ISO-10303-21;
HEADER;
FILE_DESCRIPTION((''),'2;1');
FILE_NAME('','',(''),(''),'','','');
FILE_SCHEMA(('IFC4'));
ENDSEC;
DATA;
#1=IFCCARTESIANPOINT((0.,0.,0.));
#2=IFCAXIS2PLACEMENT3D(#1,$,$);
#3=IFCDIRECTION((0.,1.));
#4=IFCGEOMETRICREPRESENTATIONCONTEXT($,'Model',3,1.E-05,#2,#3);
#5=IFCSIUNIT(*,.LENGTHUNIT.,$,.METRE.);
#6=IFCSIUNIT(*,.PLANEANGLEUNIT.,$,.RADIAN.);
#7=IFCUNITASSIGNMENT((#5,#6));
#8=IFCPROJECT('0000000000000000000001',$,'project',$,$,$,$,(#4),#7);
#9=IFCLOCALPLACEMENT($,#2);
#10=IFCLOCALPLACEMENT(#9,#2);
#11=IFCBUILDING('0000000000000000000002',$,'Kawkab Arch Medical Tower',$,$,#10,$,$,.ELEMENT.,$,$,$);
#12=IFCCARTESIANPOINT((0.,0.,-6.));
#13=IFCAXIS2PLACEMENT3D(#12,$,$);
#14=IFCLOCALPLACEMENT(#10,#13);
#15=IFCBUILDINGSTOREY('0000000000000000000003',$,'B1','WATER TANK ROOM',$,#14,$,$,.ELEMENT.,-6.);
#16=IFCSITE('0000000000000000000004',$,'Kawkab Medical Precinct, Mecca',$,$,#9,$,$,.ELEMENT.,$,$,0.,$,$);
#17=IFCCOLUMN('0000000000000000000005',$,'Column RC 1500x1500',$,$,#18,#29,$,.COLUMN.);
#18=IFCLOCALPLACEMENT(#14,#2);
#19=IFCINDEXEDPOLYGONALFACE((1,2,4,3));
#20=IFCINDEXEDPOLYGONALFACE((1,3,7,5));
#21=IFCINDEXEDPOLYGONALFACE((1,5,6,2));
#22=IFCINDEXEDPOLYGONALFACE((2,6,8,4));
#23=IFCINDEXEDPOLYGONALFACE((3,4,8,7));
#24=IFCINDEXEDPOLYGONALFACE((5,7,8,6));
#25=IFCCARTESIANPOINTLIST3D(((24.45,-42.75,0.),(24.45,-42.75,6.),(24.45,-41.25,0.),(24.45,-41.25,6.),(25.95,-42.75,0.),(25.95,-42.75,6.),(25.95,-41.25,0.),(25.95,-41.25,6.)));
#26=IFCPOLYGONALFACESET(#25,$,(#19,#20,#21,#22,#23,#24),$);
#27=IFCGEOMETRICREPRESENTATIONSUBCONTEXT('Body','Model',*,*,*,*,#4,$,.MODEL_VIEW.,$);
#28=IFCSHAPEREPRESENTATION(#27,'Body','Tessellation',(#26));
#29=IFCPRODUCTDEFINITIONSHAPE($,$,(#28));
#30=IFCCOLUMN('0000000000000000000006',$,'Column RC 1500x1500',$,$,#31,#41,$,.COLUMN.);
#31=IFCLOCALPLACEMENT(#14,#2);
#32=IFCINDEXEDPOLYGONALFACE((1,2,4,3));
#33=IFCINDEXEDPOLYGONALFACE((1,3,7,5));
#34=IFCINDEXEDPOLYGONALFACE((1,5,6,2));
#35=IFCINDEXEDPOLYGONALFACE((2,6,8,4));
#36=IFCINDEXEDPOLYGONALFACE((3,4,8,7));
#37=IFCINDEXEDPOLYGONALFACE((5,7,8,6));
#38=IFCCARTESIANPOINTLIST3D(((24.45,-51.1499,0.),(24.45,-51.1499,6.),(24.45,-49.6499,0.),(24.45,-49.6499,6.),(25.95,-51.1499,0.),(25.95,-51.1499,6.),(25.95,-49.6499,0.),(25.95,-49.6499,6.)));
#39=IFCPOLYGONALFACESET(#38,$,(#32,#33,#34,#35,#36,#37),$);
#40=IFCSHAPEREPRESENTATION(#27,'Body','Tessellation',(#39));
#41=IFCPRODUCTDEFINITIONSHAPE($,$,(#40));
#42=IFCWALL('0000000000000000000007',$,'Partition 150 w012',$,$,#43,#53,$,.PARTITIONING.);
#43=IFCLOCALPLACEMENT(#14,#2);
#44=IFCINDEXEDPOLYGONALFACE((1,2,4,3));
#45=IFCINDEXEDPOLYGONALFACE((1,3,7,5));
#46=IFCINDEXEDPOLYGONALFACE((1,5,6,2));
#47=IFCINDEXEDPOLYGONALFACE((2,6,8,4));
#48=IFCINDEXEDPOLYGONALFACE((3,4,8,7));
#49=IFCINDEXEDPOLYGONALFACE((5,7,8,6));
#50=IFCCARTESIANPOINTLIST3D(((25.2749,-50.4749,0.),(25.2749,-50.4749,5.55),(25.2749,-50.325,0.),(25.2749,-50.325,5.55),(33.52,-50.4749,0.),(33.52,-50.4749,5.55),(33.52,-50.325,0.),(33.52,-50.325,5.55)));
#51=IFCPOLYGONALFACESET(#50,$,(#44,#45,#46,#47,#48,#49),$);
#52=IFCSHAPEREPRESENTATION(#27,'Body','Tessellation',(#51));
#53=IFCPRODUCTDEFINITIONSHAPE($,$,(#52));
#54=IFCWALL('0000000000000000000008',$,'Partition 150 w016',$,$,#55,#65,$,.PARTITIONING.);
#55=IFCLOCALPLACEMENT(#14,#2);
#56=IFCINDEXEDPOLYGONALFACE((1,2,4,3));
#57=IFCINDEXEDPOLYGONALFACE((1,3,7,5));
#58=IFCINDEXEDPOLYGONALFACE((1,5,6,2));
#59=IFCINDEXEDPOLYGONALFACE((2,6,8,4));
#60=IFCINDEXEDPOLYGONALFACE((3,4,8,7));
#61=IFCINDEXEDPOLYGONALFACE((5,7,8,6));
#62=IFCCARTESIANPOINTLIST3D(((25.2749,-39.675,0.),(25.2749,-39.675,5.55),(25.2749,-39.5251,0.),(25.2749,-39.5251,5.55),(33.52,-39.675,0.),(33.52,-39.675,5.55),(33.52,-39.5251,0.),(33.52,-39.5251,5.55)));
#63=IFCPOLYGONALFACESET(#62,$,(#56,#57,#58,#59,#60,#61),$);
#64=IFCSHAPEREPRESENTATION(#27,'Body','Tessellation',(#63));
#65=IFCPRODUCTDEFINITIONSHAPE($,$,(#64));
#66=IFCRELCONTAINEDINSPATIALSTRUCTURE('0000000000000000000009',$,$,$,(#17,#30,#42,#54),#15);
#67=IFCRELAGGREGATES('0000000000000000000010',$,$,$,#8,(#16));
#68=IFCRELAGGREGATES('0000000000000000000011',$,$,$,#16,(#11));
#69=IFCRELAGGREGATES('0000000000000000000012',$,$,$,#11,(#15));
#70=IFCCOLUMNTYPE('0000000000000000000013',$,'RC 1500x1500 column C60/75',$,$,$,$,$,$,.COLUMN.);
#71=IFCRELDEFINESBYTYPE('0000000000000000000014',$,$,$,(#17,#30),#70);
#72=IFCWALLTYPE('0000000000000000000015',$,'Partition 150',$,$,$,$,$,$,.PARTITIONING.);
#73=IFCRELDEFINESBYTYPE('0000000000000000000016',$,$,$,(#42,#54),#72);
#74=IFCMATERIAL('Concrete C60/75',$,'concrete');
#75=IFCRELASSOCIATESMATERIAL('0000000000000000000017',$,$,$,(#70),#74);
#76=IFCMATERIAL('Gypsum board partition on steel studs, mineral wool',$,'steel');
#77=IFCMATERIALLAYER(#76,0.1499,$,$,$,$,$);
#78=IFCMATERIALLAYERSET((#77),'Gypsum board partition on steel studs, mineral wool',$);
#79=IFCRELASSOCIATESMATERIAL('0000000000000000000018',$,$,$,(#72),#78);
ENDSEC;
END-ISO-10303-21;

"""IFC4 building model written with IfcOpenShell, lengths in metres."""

from ifc_helpers import new_model, si_unit, direction, frame, frame_2d, origin, origin_2d, place, context, subcontext, project, spatial, rectangle, extrude, material, layer, layer_set, material_profile, profile_set, type_object, element, save


model = new_model("IFC4")

# Units and contexts
model_context = context("Model", 3, precision=1e-05, world=origin(), true_north=direction((0.0, 1.0)))
body_context = subcontext(model_context, "Body", "Model", "MODEL_VIEW")
ifc_project = project(units=[si_unit("LENGTHUNIT", "METRE"), si_unit("PLANEANGLEUNIT", "RADIAN")], contexts=[model_context])

# Site, building, storey
site_placement = place(None, origin())
site = spatial("IfcSite", under=ifc_project, at=site_placement, Name="Kawkab Medical Precinct, Mecca", CompositionType="ELEMENT", RefElevation=0.0)
building_placement = place(site_placement, origin())
building = spatial("IfcBuilding", under=site, at=building_placement, Name="Kawkab Arch Medical Tower", CompositionType="ELEMENT")
storey_placement = place(building_placement, frame((0.0, 0.0, -6.0)))
storey = spatial("IfcBuildingStorey", under=building, at=storey_placement, Name="B1", Description="WATER TANK ROOM", CompositionType="ELEMENT", Elevation=-6.0)

# Columns
ifc_material_1 = material(Name="Concrete C60/75", Category="concrete")
ifc_material_profile_1 = material_profile(ifc_material_1, rectangle(XDim=1.5, YDim=1.5, at=origin_2d()), Name="RC 1500x1500")
ifc_profile_set_1 = profile_set([ifc_material_profile_1], Name="Concrete C60/75")
column_type_1 = type_object("IfcColumnType", Name="RC 1500x1500 column C60/75", PredefinedType="COLUMN", material=ifc_profile_set_1)
for number, where, z_axis, x_axis, name in (
    (1, (25.2, -42.0, 0.0), (0.0, 0.0, 1.0), (1.0, 0.0, 0.0), "Column RC 1500x1500"),
    (2, (25.2, -50.3999, 0.0), (0.0, 0.0, 1.0), (1.0, 0.0, 0.0), "Column RC 1500x1500"),
):
    element("IfcColumn", number, at=place(storey_placement, frame(where, z_axis=z_axis, x_axis=x_axis)), inside=storey, type_object=column_type_1, Name=name, PredefinedType="COLUMN", context=body_context, shape_type="SweptSolid", body=[
        extrude(rectangle(XDim=1.5, YDim=1.5, at=origin_2d()), origin(), (0.0, 0.0, 1.0), 6.0),
    ])

# Walls
ifc_material_2 = material(Name="Gypsum board partition on steel studs, mineral wool", Category="steel")
ifc_layer = layer(ifc_material_2, 0.1499)
ifc_layer_set = layer_set([ifc_layer], Name="Gypsum board partition on steel studs, mineral wool")
wall_type = type_object("IfcWallType", Name="Partition 150", PredefinedType="PARTITIONING", material=ifc_layer_set)
for number, where, z_axis, x_axis, name in (
    (3, (25.2749, -50.3999, 0.0), (0.0, 0.0, 1.0), (1.0, 0.0, 0.0), "Partition 150 w012"),
    (4, (25.2749, -39.6001, 0.0), (0.0, 0.0, 1.0), (1.0, 0.0, 0.0), "Partition 150 w016"),
):
    element("IfcWall", number, at=place(storey_placement, frame(where, z_axis=z_axis, x_axis=x_axis)), inside=storey, type_object=wall_type, Name=name, PredefinedType="PARTITIONING", context=body_context, shape_type="SweptSolid", body=[
        extrude(rectangle(XDim=8.2451, YDim=0.1499, at=frame_2d((4.1226, 0.0))), origin(), (0.0, 0.0, 1.0), 5.55),
    ])

save(model, "model.ifc")
